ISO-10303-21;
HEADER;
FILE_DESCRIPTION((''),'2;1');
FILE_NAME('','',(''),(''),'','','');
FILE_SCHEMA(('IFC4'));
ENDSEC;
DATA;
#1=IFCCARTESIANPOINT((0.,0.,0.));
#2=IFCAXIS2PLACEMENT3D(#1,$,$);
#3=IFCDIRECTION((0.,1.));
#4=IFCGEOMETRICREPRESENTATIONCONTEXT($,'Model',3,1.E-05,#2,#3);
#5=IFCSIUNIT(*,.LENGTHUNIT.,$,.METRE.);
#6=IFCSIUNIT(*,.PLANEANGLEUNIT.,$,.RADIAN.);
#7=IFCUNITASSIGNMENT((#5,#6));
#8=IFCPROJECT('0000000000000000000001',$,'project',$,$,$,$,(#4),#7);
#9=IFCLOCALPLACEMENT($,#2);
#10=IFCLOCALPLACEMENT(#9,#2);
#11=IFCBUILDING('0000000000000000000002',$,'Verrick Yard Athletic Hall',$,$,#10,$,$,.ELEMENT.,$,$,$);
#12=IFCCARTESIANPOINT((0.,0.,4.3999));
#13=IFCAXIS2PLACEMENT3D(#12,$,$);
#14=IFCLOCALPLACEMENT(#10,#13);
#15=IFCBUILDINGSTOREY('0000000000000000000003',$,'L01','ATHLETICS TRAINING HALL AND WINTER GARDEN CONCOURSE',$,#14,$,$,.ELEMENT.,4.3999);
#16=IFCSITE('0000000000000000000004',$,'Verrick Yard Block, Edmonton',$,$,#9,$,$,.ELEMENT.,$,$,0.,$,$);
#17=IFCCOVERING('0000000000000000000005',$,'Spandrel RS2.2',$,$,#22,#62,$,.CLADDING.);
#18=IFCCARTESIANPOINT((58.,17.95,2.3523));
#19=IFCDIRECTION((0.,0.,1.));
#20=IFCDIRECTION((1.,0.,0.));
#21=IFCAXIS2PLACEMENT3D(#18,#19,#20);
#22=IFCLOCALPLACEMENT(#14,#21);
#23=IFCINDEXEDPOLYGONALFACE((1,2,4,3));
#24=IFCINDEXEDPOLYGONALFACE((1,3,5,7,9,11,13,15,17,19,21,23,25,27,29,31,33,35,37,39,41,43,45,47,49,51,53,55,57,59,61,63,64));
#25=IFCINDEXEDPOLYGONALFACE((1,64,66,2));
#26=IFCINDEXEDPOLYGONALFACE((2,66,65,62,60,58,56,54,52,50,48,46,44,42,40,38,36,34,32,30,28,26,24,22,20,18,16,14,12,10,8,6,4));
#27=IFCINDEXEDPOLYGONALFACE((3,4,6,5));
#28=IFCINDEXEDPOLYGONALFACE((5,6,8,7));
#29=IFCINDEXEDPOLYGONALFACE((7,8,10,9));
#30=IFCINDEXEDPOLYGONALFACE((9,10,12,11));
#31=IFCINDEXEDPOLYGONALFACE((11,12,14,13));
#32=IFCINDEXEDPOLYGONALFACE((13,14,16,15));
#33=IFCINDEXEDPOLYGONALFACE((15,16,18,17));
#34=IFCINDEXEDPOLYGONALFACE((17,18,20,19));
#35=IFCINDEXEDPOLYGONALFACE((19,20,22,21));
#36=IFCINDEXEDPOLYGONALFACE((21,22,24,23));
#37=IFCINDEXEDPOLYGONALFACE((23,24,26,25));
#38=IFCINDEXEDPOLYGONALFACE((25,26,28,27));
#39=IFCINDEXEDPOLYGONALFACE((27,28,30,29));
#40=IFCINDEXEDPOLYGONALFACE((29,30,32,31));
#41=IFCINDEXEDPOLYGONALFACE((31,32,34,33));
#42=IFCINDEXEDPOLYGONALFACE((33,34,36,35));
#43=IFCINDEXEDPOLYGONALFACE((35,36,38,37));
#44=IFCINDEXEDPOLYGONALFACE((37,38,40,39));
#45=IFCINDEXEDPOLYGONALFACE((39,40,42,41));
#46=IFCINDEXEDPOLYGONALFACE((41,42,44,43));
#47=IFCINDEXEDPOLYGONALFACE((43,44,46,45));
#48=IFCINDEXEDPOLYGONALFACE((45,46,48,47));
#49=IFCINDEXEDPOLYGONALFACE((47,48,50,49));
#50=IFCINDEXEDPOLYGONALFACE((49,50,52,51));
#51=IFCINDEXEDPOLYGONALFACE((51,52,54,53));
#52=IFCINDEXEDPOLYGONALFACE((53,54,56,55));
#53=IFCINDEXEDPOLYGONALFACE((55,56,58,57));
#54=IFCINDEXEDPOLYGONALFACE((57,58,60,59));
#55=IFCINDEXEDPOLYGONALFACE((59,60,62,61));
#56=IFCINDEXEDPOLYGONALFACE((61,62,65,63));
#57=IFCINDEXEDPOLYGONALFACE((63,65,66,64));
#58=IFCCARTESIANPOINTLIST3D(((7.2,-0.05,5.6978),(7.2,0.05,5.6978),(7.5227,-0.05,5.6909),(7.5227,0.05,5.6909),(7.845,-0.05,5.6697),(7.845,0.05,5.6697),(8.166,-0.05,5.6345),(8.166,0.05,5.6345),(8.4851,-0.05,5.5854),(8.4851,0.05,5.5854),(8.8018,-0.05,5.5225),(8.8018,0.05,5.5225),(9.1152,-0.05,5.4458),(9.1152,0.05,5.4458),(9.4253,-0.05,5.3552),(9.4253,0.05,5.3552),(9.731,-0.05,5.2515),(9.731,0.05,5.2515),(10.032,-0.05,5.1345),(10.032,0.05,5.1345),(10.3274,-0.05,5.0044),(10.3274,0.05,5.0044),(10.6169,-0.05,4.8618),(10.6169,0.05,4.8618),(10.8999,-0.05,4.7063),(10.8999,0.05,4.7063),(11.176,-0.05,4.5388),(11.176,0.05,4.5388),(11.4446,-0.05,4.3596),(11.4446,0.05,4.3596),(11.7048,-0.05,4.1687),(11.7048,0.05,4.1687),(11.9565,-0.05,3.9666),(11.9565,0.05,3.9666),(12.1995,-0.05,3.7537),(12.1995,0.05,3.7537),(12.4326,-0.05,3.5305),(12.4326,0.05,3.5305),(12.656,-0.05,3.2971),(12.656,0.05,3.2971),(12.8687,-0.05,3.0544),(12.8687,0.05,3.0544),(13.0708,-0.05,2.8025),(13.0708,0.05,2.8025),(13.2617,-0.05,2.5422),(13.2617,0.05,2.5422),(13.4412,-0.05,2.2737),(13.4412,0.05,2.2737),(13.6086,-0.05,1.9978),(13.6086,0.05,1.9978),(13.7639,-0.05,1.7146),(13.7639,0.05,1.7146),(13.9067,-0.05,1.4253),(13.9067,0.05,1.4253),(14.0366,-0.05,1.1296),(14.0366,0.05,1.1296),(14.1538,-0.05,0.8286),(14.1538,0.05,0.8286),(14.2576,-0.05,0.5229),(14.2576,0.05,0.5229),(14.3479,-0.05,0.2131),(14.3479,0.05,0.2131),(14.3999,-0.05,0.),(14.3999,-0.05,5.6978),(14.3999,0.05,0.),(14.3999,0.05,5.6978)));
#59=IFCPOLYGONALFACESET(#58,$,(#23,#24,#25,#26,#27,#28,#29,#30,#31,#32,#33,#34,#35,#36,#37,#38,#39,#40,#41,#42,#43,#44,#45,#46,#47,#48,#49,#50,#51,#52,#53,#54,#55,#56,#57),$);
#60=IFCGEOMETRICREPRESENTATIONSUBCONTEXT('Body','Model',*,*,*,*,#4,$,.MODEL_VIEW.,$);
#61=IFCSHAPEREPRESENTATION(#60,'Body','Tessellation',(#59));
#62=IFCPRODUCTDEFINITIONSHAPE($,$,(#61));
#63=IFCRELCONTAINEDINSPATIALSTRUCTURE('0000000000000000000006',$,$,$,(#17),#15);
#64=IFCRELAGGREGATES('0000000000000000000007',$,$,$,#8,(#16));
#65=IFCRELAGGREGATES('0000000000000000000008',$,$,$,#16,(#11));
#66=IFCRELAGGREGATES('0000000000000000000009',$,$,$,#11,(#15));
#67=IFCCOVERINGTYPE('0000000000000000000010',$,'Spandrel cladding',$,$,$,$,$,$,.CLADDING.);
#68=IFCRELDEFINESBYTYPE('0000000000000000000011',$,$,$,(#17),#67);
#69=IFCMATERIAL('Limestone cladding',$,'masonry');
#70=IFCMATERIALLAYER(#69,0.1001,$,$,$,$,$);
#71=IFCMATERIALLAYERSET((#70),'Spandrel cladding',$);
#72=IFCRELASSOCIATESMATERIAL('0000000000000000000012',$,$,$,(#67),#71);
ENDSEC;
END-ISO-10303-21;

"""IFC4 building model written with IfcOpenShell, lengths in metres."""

from ifc_helpers import new_model, si_unit, direction, frame, origin, place, context, subcontext, project, spatial, polyline, outline, extrude, material, layer, layer_set, type_object, element, save


model = new_model("IFC4")

# Units and contexts
model_context = context("Model", 3, precision=1e-05, world=origin(), true_north=direction((0.0, 1.0)))
body_context = subcontext(model_context, "Body", "Model", "MODEL_VIEW")
ifc_project = project(units=[si_unit("LENGTHUNIT", "METRE"), si_unit("PLANEANGLEUNIT", "RADIAN")], contexts=[model_context])

# Site, building, storey
site_placement = place(None, origin())
site = spatial("IfcSite", under=ifc_project, at=site_placement, Name="Verrick Yard Block, Edmonton", CompositionType="ELEMENT", RefElevation=0.0)
building_placement = place(site_placement, origin())
building = spatial("IfcBuilding", under=site, at=building_placement, Name="Verrick Yard Athletic Hall", CompositionType="ELEMENT")
storey_placement = place(building_placement, frame((0.0, 0.0, 4.3999)))
storey = spatial("IfcBuildingStorey", under=building, at=storey_placement, Name="L01", Description="ATHLETICS TRAINING HALL AND WINTER GARDEN CONCOURSE", CompositionType="ELEMENT", Elevation=4.3999)

# Covering
ifc_material_1 = material(Name="Limestone cladding", Category="masonry")
ifc_layer_1 = layer(ifc_material_1, 0.1001)
ifc_layer_set_1 = layer_set([ifc_layer_1], Name="Spandrel cladding")
covering_type_1 = type_object("IfcCoveringType", Name="Spandrel cladding", PredefinedType="CLADDING", material=ifc_layer_set_1)
covering_1_placement = place(storey_placement, frame((58.0, 17.95, 2.3523), z_axis=(0.0, 0.0, 1.0), x_axis=(1.0, 0.0, 0.0)))
element("IfcCovering", 1, at=covering_1_placement, inside=storey, type_object=covering_type_1, Name="Spandrel RS2.2", PredefinedType="CLADDING", context=body_context, shape_type="SweptSolid", body=[
    extrude(outline(polyline([(7.2, 5.6978), (7.5227, 5.6909), (7.845, 5.6697), (8.166, 5.6345), (8.4851, 5.5854), (8.8018, 5.5225), (9.1152, 5.4458), (9.4253, 5.3552), (9.731, 5.2515), (10.032, 5.1345), (10.3274, 5.0044), (10.6169, 4.8618), (10.8999, 4.7063), (11.176, 4.5388), (11.4446, 4.3596), (11.7048, 4.1687), (11.9565, 3.9666), (12.1995, 3.7537), (12.4326, 3.5305), (12.656, 3.2971), (12.8687, 3.0544), (13.0708, 2.8025), (13.2617, 2.5422), (13.4412, 2.2737), (13.6086, 1.9978), (13.7639, 1.7146), (13.9067, 1.4253), (14.0366, 1.1296), (14.1538, 0.8286), (14.2576, 0.5229), (14.3479, 0.2131), (14.3999, 0.0), (14.3999, 5.6978), (7.2, 5.6978)])), frame((0.0, 0.05, 0.0), z_axis=(0.0, -1.0, 0.0), x_axis=(1.0, 0.0, 0.0)), (0.0, 0.0, 1.0), 0.1001),
])

save(model, "model.ifc")
